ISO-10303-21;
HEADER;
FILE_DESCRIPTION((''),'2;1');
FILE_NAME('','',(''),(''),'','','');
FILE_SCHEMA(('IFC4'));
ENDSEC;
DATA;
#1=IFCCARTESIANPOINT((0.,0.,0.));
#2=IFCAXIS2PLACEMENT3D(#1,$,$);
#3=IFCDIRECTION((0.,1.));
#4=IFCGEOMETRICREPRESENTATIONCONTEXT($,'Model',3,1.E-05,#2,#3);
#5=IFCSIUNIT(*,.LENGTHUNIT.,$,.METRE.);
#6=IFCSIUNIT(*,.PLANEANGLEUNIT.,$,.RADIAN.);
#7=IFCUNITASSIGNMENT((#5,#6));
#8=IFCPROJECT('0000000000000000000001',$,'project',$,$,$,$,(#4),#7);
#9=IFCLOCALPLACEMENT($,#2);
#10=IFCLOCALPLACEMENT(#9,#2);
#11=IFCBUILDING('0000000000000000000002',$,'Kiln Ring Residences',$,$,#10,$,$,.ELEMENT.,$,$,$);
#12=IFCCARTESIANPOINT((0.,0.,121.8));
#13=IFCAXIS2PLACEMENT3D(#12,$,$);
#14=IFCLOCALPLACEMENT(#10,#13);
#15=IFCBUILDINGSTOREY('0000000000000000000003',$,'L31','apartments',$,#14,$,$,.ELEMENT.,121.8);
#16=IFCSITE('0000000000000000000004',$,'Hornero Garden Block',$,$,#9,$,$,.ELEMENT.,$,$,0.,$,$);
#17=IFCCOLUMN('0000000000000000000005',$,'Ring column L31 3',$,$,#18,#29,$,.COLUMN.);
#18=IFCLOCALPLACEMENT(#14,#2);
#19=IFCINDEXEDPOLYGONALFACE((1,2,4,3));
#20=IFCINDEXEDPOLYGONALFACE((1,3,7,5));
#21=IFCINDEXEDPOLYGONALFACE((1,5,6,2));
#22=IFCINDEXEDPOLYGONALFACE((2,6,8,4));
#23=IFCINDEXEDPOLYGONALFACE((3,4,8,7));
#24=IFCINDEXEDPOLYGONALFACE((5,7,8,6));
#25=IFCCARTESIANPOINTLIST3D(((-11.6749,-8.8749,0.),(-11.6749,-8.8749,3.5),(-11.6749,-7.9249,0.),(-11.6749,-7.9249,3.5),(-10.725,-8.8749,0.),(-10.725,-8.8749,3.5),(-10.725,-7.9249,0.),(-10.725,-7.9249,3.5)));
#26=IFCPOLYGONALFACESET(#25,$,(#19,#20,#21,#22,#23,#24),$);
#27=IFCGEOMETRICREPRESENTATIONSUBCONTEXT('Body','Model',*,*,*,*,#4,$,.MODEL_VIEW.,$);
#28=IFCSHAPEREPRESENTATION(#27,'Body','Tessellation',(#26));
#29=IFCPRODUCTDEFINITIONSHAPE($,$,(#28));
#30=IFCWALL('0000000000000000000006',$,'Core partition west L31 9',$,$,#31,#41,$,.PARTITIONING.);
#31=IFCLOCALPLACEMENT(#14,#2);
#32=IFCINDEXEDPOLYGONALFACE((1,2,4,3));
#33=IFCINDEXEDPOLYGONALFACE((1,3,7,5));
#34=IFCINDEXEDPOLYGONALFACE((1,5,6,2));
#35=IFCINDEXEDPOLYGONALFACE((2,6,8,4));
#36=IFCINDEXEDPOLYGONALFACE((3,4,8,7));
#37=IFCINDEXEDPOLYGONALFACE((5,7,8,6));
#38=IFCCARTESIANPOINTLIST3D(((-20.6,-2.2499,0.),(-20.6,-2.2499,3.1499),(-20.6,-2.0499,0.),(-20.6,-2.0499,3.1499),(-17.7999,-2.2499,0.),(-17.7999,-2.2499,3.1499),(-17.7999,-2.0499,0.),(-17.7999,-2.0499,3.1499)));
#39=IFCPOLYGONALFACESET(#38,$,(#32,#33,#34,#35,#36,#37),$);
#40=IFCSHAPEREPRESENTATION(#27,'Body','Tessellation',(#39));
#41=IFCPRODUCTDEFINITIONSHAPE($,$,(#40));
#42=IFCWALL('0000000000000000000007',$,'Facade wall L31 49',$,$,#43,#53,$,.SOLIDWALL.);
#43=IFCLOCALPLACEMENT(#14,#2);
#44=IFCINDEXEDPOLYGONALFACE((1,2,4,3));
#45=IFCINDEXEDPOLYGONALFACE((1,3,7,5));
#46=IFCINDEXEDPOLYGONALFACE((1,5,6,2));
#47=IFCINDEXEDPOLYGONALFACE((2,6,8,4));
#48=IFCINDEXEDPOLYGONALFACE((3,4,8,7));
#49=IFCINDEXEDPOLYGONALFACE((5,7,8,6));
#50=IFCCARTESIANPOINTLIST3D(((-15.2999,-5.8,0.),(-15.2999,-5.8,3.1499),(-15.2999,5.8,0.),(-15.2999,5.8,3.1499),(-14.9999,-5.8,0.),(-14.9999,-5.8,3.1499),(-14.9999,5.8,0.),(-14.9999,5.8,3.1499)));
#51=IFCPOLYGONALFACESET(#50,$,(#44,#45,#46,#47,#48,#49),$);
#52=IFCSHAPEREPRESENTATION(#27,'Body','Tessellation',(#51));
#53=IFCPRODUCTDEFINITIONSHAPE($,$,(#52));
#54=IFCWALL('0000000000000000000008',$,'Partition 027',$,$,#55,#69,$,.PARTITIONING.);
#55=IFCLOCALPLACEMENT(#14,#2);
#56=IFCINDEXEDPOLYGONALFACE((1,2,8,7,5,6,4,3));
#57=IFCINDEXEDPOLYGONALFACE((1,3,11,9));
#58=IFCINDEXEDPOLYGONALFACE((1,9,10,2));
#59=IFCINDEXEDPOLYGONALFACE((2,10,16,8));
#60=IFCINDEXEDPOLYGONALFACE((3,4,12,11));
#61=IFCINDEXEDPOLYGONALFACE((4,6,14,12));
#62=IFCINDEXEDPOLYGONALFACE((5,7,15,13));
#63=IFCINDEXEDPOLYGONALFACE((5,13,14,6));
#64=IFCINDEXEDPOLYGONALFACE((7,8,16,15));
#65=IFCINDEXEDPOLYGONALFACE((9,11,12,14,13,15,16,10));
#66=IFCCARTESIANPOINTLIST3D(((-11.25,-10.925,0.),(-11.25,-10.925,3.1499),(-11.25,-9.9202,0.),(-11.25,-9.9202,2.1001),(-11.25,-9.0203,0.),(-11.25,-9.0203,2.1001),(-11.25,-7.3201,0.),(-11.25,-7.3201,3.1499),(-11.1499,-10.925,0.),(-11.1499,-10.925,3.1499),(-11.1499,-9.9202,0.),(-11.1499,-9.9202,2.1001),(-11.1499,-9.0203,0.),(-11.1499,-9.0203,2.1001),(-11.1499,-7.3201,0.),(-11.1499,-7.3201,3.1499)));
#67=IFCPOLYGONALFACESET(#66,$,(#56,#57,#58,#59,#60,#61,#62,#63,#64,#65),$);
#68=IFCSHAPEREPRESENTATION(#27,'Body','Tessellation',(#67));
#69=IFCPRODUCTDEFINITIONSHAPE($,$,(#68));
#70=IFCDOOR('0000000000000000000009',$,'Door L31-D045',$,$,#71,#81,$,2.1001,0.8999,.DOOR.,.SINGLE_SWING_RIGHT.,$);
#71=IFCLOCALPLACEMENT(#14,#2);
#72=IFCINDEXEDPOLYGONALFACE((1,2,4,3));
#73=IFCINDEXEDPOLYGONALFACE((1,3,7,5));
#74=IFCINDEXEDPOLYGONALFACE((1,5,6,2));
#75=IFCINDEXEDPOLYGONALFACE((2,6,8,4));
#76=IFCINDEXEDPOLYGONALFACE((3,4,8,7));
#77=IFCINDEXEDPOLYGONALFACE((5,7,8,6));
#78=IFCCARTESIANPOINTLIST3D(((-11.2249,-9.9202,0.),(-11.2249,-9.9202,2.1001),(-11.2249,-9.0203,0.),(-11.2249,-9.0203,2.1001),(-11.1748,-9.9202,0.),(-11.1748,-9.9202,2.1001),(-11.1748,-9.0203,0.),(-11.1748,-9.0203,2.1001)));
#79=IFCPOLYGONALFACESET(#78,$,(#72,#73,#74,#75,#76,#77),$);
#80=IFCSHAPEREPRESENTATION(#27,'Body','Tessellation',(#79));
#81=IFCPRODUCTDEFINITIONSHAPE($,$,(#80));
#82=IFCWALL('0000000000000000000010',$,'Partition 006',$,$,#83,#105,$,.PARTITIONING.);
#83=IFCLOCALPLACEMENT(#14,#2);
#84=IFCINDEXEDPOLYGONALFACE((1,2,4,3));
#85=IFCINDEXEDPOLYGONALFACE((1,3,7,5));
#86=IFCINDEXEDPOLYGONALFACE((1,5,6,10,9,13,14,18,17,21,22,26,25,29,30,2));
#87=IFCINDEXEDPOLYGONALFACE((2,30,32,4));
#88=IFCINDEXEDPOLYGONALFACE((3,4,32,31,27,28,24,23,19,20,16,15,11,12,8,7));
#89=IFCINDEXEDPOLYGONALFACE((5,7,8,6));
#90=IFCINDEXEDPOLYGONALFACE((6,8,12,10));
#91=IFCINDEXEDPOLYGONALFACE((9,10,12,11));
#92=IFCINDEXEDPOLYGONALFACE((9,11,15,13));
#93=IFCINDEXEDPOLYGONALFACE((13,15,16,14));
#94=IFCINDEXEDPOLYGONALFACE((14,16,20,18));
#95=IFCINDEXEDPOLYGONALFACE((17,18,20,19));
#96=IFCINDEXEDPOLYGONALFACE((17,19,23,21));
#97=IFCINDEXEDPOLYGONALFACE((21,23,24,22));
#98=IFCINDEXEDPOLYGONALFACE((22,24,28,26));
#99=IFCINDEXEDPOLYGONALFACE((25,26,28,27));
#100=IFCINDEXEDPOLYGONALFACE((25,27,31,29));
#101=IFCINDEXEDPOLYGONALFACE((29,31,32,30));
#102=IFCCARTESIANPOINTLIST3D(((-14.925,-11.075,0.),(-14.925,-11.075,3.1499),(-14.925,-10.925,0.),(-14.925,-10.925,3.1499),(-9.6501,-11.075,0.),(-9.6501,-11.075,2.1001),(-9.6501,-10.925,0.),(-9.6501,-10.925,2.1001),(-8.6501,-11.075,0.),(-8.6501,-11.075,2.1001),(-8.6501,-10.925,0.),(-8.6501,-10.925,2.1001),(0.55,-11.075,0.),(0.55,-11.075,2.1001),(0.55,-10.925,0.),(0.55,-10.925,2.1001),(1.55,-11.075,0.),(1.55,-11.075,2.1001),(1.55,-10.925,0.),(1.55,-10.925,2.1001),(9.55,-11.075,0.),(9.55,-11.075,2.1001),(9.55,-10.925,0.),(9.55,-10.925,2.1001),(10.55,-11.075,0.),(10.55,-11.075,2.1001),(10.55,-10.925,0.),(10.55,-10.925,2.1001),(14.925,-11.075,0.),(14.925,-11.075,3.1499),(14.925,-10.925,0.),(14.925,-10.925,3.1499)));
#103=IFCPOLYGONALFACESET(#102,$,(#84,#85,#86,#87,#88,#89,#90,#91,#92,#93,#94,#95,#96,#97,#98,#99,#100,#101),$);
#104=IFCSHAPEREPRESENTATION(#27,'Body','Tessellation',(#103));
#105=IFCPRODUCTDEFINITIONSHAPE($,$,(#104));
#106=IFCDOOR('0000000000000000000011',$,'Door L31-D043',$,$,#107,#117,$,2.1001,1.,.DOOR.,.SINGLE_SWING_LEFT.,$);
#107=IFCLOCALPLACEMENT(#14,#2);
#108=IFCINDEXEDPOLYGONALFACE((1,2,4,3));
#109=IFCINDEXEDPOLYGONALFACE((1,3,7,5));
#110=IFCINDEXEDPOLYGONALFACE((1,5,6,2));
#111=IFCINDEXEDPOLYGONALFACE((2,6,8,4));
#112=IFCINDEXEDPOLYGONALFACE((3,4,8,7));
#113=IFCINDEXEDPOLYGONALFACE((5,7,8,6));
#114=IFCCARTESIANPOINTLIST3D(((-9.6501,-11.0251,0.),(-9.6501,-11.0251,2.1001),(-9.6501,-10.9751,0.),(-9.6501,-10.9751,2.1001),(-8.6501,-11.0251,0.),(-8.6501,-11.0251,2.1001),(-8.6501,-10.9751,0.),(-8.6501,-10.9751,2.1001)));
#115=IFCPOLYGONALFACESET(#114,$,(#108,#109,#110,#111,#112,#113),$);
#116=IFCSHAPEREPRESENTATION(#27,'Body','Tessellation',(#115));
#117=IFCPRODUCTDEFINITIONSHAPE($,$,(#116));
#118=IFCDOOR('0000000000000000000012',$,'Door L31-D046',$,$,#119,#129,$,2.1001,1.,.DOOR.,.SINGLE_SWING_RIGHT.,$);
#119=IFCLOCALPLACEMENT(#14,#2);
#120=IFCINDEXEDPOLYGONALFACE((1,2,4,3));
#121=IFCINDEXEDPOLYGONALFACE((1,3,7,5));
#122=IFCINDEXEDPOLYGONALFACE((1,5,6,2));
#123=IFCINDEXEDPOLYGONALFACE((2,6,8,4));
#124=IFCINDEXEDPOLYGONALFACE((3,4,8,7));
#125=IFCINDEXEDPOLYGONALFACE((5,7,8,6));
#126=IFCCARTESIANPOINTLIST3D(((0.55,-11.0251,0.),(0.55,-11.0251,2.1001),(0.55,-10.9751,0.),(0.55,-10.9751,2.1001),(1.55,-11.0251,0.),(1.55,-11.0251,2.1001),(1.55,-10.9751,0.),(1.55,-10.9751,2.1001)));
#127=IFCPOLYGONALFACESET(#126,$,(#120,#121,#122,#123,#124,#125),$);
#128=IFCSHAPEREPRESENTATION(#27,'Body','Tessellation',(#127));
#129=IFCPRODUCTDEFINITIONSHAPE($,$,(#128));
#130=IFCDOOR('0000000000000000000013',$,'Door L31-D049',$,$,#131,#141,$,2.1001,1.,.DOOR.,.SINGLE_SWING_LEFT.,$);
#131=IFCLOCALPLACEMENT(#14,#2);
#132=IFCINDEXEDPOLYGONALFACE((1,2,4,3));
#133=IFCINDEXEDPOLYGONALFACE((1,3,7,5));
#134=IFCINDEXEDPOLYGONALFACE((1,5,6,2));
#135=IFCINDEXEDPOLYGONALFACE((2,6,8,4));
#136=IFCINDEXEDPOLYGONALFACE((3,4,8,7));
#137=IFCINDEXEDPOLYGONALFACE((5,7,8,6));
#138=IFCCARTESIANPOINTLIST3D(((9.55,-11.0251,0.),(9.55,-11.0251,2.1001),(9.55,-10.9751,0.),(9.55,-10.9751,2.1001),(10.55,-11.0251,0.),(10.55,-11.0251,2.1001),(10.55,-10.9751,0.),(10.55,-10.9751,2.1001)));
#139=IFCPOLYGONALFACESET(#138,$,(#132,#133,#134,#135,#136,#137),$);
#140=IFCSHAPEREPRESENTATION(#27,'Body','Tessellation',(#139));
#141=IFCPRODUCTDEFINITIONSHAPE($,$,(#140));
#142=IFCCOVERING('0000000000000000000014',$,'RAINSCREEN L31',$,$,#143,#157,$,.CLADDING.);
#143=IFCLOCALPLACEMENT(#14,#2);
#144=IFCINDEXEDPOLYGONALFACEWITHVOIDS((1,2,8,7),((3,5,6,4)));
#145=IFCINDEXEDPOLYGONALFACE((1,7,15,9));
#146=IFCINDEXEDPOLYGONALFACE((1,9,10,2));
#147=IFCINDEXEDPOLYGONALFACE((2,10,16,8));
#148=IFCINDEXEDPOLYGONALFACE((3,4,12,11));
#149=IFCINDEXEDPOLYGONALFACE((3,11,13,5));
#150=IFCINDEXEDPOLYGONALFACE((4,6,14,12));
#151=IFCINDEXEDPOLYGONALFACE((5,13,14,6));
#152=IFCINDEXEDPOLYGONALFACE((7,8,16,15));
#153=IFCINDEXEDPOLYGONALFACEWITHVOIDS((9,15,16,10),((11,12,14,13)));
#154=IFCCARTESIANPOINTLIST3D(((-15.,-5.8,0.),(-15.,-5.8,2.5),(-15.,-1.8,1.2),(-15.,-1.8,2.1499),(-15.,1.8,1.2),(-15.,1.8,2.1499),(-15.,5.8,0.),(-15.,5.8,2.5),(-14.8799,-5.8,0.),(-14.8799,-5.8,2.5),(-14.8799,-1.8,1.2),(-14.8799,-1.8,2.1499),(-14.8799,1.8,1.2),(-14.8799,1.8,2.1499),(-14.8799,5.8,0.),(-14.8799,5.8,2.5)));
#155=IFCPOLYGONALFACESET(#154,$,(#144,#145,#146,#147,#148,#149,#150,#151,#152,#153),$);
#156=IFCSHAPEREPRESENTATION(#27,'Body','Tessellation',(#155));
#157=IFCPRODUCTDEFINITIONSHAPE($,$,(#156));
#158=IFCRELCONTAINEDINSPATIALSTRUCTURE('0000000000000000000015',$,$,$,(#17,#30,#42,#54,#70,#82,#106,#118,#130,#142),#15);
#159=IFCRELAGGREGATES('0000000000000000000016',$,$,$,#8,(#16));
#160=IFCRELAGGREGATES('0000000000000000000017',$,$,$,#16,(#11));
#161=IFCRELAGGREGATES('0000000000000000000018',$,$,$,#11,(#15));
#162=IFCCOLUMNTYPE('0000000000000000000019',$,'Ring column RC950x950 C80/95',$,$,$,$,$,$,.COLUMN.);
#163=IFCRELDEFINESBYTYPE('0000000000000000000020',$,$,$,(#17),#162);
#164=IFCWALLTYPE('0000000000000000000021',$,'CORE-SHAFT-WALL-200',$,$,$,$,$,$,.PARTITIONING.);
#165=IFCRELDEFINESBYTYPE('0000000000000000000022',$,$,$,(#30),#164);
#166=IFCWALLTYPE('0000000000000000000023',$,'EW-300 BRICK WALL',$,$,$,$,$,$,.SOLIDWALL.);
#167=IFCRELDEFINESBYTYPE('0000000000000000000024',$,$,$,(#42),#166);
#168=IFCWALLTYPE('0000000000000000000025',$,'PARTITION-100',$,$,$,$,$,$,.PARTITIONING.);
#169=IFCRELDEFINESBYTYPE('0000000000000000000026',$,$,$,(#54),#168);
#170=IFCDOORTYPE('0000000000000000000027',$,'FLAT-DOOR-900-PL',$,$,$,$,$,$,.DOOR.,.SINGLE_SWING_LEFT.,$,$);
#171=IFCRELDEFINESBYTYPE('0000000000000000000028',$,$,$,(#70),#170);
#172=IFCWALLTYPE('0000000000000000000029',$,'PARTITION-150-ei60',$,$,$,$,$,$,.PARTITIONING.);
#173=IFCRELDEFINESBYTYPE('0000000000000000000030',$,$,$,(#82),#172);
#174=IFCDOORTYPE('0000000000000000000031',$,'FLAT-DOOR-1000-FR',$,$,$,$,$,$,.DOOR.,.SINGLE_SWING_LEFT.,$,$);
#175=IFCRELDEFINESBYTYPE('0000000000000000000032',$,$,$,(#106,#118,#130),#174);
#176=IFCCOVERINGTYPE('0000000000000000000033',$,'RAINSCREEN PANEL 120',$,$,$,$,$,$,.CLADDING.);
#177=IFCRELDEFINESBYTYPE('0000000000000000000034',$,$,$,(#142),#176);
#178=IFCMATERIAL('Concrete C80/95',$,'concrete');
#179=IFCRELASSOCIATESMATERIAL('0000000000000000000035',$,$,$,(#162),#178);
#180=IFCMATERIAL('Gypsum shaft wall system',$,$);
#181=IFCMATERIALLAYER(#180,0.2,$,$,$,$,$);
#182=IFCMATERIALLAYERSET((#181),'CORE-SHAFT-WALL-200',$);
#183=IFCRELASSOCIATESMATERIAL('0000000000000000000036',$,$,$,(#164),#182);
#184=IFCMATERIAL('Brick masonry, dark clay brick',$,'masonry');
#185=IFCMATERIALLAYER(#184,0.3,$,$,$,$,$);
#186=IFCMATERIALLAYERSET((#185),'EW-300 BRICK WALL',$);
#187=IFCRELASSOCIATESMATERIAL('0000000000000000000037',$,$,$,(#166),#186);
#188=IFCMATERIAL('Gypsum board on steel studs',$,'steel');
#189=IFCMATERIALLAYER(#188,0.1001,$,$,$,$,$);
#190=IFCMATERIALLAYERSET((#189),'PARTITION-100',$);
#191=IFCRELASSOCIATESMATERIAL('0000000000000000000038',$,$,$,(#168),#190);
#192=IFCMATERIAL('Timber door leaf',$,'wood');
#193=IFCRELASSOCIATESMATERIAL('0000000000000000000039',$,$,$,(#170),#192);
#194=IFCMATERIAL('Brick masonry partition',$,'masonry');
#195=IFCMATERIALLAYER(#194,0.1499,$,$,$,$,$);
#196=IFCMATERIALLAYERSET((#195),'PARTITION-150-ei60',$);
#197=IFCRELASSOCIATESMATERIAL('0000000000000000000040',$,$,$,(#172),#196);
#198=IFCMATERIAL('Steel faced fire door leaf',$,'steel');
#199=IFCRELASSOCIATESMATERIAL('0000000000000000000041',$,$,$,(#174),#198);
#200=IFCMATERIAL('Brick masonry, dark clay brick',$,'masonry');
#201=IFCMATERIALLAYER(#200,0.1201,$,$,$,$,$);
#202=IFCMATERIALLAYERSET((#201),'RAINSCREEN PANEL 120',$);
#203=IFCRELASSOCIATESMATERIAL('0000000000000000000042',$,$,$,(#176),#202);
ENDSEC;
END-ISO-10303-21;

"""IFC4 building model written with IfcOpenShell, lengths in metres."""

from ifc_helpers import new_model, si_unit, direction, frame, frame_2d, origin, origin_2d, place, context, subcontext, project, spatial, polyline, rectangle, outline, extrude, material, layer, layer_set, material_profile, profile_set, type_object, element, fill, save


model = new_model("IFC4")

# Units and contexts
model_context = context("Model", 3, precision=1e-05, world=origin(), true_north=direction((0.0, 1.0)))
body_context = subcontext(model_context, "Body", "Model", "MODEL_VIEW")
ifc_project = project(units=[si_unit("LENGTHUNIT", "METRE"), si_unit("PLANEANGLEUNIT", "RADIAN")], contexts=[model_context])

# Site, building, storey
site_placement = place(None, origin())
site = spatial("IfcSite", under=ifc_project, at=site_placement, Name="Hornero Garden Block", CompositionType="ELEMENT", RefElevation=0.0)
building_placement = place(site_placement, origin())
building = spatial("IfcBuilding", under=site, at=building_placement, Name="Kiln Ring Residences", CompositionType="ELEMENT")
storey_placement = place(building_placement, frame((0.0, 0.0, 121.8)))
storey = spatial("IfcBuildingStorey", under=building, at=storey_placement, Name="L31", Description="apartments", CompositionType="ELEMENT", Elevation=121.8)

# Column
ifc_material_1 = material(Name="Concrete C80/95", Category="concrete")
ifc_material_profile = material_profile(ifc_material_1, rectangle(XDim=0.95, YDim=0.95, at=origin_2d()), Name="RC950x950")
ifc_profile_set = profile_set([ifc_material_profile], Name="Concrete C80/95")
column_type = type_object("IfcColumnType", Name="Ring column RC950x950 C80/95", PredefinedType="COLUMN", material=ifc_profile_set)
column_placement = place(storey_placement, frame((-11.2, -8.3999, 0.0), z_axis=(0.0, 0.0, 1.0), x_axis=(1.0, 0.0, 0.0)))
element("IfcColumn", 1, at=column_placement, inside=storey, type_object=column_type, Name="Ring column L31 3", PredefinedType="COLUMN", context=body_context, shape_type="SweptSolid", body=[
    extrude(rectangle(XDim=0.95, YDim=0.95, at=origin_2d()), origin(), (0.0, 0.0, 1.0), 3.5),
])

# Walls
ifc_material_2 = material(Name="Gypsum shaft wall system")
ifc_layer_1 = layer(ifc_material_2, 0.2)
ifc_layer_set_1 = layer_set([ifc_layer_1], Name="CORE-SHAFT-WALL-200")
wall_type_1 = type_object("IfcWallType", Name="CORE-SHAFT-WALL-200", PredefinedType="PARTITIONING", material=ifc_layer_set_1)
wall_1_placement = place(storey_placement, frame((-17.8, -2.1499, 0.0), z_axis=(0.0, 0.0, 1.0), x_axis=(-1.0, 0.0, 0.0)))
element("IfcWall", 2, at=wall_1_placement, inside=storey, type_object=wall_type_1, Name="Core partition west L31 9", PredefinedType="PARTITIONING", context=body_context, shape_type="SweptSolid", body=[
    extrude(rectangle(XDim=2.8, YDim=0.2, at=frame_2d((1.3999, 0.0))), origin(), (0.0, 0.0, 1.0), 3.1499),
])
ifc_material_3 = material(Name="Brick masonry, dark clay brick", Category="masonry")
ifc_layer_2 = layer(ifc_material_3, 0.3)
ifc_layer_set_2 = layer_set([ifc_layer_2], Name="EW-300 BRICK WALL")
wall_type_2 = type_object("IfcWallType", Name="EW-300 BRICK WALL", PredefinedType="SOLIDWALL", material=ifc_layer_set_2)
wall_2_placement = place(storey_placement, frame((-15.1499, -5.8, 0.0), z_axis=(0.0, 0.0, 1.0), x_axis=(0.0, 1.0, 0.0)))
element("IfcWall", 3, at=wall_2_placement, inside=storey, type_object=wall_type_2, Name="Facade wall L31 49", PredefinedType="SOLIDWALL", context=body_context, shape_type="SweptSolid", body=[
    extrude(rectangle(XDim=11.6001, YDim=0.3, at=frame_2d((5.8, 0.0))), origin(), (0.0, 0.0, 1.0), 3.1499),
])

# Wall, opening, door
ifc_material_4 = material(Name="Gypsum board on steel studs", Category="steel")
ifc_layer_3 = layer(ifc_material_4, 0.1001)
ifc_layer_set_3 = layer_set([ifc_layer_3], Name="PARTITION-100")
wall_type_3 = type_object("IfcWallType", Name="PARTITION-100", PredefinedType="PARTITIONING", material=ifc_layer_set_3)
wall_3_placement = place(storey_placement, frame((-11.2, -10.925, 0.0), z_axis=(0.0, 0.0, 1.0), x_axis=(0.0, 1.0, 0.0)))
wall_3 = element("IfcWall", 4, at=wall_3_placement, inside=storey, type_object=wall_type_3, Name="Partition 027", PredefinedType="PARTITIONING", context=body_context, shape_type="SweptSolid", body=[
    extrude(rectangle(XDim=3.605, YDim=0.1001, at=frame_2d((1.8025, 0.0))), origin(), (0.0, 0.0, 1.0), 3.1499),
])
opening_1_placement = place(wall_3_placement, frame((1.0049, 0.0, 0.0)))
opening_1 = element("IfcOpeningElement", 5, at=opening_1_placement, cuts=wall_3, PredefinedType="OPENING", context=body_context, shape_type="SweptSolid", body=[
    extrude(rectangle(XDim=0.8999, YDim=2.1001, at=frame_2d((0.45, 1.05))), frame((0.0, 0.0601, 0.0), z_axis=(0.0, -1.0, 0.0), x_axis=(1.0, 0.0, 0.0)), (0.0, 0.0, 1.0), 0.1201),
])
ifc_material_5 = material(Name="Timber door leaf", Category="wood")
door_type_1 = type_object("IfcDoorType", Name="FLAT-DOOR-900-PL", OperationType="SINGLE_SWING_LEFT", PredefinedType="DOOR", material=ifc_material_5)
door_1_placement = place(opening_1_placement, origin())
door_1 = element("IfcDoor", 6, at=door_1_placement, inside=storey, type_object=door_type_1, Name="Door L31-D045", OperationType="SINGLE_SWING_RIGHT", OverallHeight=2.1001, OverallWidth=0.8999, PredefinedType="DOOR", context=body_context, shape_type="SweptSolid", body=[
    extrude(rectangle(XDim=0.8999, YDim=2.1001, at=frame_2d((0.45, 1.05))), frame((0.0, 0.0249, 0.0), z_axis=(0.0, -1.0, 0.0), x_axis=(1.0, 0.0, 0.0)), (0.0, 0.0, 1.0), 0.05),
])
fill(opening_1, door_1)

# Wall, openings, doors
ifc_material_6 = material(Name="Brick masonry partition", Category="masonry")
ifc_layer_4 = layer(ifc_material_6, 0.1499)
ifc_layer_set_4 = layer_set([ifc_layer_4], Name="PARTITION-150-ei60")
wall_type_4 = type_object("IfcWallType", Name="PARTITION-150-ei60", PredefinedType="PARTITIONING", material=ifc_layer_set_4)
wall_4_placement = place(storey_placement, frame((-14.925, -11.0, 0.0), z_axis=(0.0, 0.0, 1.0), x_axis=(1.0, 0.0, 0.0)))
wall_4 = element("IfcWall", 7, at=wall_4_placement, inside=storey, type_object=wall_type_4, Name="Partition 006", PredefinedType="PARTITIONING", context=body_context, shape_type="SweptSolid", body=[
    extrude(rectangle(XDim=29.8501, YDim=0.1499, at=frame_2d((14.925, 0.0))), origin(), (0.0, 0.0, 1.0), 3.1499),
])
opening_2_placement = place(wall_4_placement, frame((5.2749, 0.0, 0.0)))
opening_2 = element("IfcOpeningElement", 8, at=opening_2_placement, cuts=wall_4, PredefinedType="OPENING", context=body_context, shape_type="SweptSolid", body=[
    extrude(rectangle(XDim=1.0, YDim=2.1001, at=frame_2d((0.5, 1.05))), frame((0.0, 0.085, 0.0), z_axis=(0.0, -1.0, 0.0), x_axis=(1.0, 0.0, 0.0)), (0.0, 0.0, 1.0), 0.1699),
])
opening_3_placement = place(wall_4_placement, frame((15.4751, 0.0, 0.0)))
opening_3 = element("IfcOpeningElement", 9, at=opening_3_placement, cuts=wall_4, PredefinedType="OPENING", context=body_context, shape_type="SweptSolid", body=[
    extrude(rectangle(XDim=1.0, YDim=2.1001, at=frame_2d((0.5, 1.05))), frame((0.0, 0.085, 0.0), z_axis=(0.0, -1.0, 0.0), x_axis=(1.0, 0.0, 0.0)), (0.0, 0.0, 1.0), 0.1699),
])
opening_4_placement = place(wall_4_placement, frame((24.4751, 0.0, 0.0)))
opening_4 = element("IfcOpeningElement", 10, at=opening_4_placement, cuts=wall_4, PredefinedType="OPENING", context=body_context, shape_type="SweptSolid", body=[
    extrude(rectangle(XDim=1.0, YDim=2.1001, at=frame_2d((0.5, 1.05))), frame((0.0, 0.085, 0.0), z_axis=(0.0, -1.0, 0.0), x_axis=(1.0, 0.0, 0.0)), (0.0, 0.0, 1.0), 0.1699),
])
ifc_material_7 = material(Name="Steel faced fire door leaf", Category="steel")
door_type_2 = type_object("IfcDoorType", Name="FLAT-DOOR-1000-FR", OperationType="SINGLE_SWING_LEFT", PredefinedType="DOOR", material=ifc_material_7)
door_2_placement = place(opening_2_placement, origin())
door_2 = element("IfcDoor", 11, at=door_2_placement, inside=storey, type_object=door_type_2, Name="Door L31-D043", OperationType="SINGLE_SWING_LEFT", OverallHeight=2.1001, OverallWidth=1.0, PredefinedType="DOOR", context=body_context, shape_type="SweptSolid", body=[
    extrude(rectangle(XDim=1.0, YDim=2.1001, at=frame_2d((0.5, 1.05))), frame((0.0, 0.0249, 0.0), z_axis=(0.0, -1.0, 0.0), x_axis=(1.0, 0.0, 0.0)), (0.0, 0.0, 1.0), 0.05),
])
fill(opening_2, door_2)
door_3_placement = place(opening_3_placement, origin())
door_3 = element("IfcDoor", 12, at=door_3_placement, inside=storey, type_object=door_type_2, Name="Door L31-D046", OperationType="SINGLE_SWING_RIGHT", OverallHeight=2.1001, OverallWidth=1.0, PredefinedType="DOOR", context=body_context, shape_type="SweptSolid", body=[
    extrude(rectangle(XDim=1.0, YDim=2.1001, at=frame_2d((0.5, 1.05))), frame((0.0, 0.0249, 0.0), z_axis=(0.0, -1.0, 0.0), x_axis=(1.0, 0.0, 0.0)), (0.0, 0.0, 1.0), 0.05),
])
fill(opening_3, door_3)
door_4_placement = place(opening_4_placement, origin())
door_4 = element("IfcDoor", 13, at=door_4_placement, inside=storey, type_object=door_type_2, Name="Door L31-D049", OperationType="SINGLE_SWING_LEFT", OverallHeight=2.1001, OverallWidth=1.0, PredefinedType="DOOR", context=body_context, shape_type="SweptSolid", body=[
    extrude(rectangle(XDim=1.0, YDim=2.1001, at=frame_2d((0.5, 1.05))), frame((0.0, 0.0249, 0.0), z_axis=(0.0, -1.0, 0.0), x_axis=(1.0, 0.0, 0.0)), (0.0, 0.0, 1.0), 0.05),
])
fill(opening_4, door_4)

# Covering
ifc_material_8 = material(Name="Brick masonry, dark clay brick", Category="masonry")
ifc_layer_5 = layer(ifc_material_8, 0.1201)
ifc_layer_set_5 = layer_set([ifc_layer_5], Name="RAINSCREEN PANEL 120")
covering_type = type_object("IfcCoveringType", Name="RAINSCREEN PANEL 120", PredefinedType="CLADDING", material=ifc_layer_set_5)
covering_placement = place(storey_placement, frame((-14.9399, -5.8, 0.0), z_axis=(0.0, 0.0, 1.0), x_axis=(0.0, 1.0, 0.0)))
element("IfcCovering", 14, at=covering_placement, inside=storey, type_object=covering_type, Name="RAINSCREEN L31", PredefinedType="CLADDING", context=body_context, shape_type="SweptSolid", body=[
    extrude(outline(polyline([(0.0, 0.0), (11.6001, 0.0), (11.6001, 2.5), (0.0, 2.5), (0.0, 0.0)]), holes=[polyline([(4.0, 2.1499), (4.0, 1.2), (7.6001, 1.2), (7.6001, 2.1499), (4.0, 2.1499)])]), frame((0.0, 0.0601, 0.0), z_axis=(0.0, -1.0, 0.0), x_axis=(1.0, 0.0, 0.0)), (0.0, 0.0, 1.0), 0.1201),
])

save(model, "model.ifc")
